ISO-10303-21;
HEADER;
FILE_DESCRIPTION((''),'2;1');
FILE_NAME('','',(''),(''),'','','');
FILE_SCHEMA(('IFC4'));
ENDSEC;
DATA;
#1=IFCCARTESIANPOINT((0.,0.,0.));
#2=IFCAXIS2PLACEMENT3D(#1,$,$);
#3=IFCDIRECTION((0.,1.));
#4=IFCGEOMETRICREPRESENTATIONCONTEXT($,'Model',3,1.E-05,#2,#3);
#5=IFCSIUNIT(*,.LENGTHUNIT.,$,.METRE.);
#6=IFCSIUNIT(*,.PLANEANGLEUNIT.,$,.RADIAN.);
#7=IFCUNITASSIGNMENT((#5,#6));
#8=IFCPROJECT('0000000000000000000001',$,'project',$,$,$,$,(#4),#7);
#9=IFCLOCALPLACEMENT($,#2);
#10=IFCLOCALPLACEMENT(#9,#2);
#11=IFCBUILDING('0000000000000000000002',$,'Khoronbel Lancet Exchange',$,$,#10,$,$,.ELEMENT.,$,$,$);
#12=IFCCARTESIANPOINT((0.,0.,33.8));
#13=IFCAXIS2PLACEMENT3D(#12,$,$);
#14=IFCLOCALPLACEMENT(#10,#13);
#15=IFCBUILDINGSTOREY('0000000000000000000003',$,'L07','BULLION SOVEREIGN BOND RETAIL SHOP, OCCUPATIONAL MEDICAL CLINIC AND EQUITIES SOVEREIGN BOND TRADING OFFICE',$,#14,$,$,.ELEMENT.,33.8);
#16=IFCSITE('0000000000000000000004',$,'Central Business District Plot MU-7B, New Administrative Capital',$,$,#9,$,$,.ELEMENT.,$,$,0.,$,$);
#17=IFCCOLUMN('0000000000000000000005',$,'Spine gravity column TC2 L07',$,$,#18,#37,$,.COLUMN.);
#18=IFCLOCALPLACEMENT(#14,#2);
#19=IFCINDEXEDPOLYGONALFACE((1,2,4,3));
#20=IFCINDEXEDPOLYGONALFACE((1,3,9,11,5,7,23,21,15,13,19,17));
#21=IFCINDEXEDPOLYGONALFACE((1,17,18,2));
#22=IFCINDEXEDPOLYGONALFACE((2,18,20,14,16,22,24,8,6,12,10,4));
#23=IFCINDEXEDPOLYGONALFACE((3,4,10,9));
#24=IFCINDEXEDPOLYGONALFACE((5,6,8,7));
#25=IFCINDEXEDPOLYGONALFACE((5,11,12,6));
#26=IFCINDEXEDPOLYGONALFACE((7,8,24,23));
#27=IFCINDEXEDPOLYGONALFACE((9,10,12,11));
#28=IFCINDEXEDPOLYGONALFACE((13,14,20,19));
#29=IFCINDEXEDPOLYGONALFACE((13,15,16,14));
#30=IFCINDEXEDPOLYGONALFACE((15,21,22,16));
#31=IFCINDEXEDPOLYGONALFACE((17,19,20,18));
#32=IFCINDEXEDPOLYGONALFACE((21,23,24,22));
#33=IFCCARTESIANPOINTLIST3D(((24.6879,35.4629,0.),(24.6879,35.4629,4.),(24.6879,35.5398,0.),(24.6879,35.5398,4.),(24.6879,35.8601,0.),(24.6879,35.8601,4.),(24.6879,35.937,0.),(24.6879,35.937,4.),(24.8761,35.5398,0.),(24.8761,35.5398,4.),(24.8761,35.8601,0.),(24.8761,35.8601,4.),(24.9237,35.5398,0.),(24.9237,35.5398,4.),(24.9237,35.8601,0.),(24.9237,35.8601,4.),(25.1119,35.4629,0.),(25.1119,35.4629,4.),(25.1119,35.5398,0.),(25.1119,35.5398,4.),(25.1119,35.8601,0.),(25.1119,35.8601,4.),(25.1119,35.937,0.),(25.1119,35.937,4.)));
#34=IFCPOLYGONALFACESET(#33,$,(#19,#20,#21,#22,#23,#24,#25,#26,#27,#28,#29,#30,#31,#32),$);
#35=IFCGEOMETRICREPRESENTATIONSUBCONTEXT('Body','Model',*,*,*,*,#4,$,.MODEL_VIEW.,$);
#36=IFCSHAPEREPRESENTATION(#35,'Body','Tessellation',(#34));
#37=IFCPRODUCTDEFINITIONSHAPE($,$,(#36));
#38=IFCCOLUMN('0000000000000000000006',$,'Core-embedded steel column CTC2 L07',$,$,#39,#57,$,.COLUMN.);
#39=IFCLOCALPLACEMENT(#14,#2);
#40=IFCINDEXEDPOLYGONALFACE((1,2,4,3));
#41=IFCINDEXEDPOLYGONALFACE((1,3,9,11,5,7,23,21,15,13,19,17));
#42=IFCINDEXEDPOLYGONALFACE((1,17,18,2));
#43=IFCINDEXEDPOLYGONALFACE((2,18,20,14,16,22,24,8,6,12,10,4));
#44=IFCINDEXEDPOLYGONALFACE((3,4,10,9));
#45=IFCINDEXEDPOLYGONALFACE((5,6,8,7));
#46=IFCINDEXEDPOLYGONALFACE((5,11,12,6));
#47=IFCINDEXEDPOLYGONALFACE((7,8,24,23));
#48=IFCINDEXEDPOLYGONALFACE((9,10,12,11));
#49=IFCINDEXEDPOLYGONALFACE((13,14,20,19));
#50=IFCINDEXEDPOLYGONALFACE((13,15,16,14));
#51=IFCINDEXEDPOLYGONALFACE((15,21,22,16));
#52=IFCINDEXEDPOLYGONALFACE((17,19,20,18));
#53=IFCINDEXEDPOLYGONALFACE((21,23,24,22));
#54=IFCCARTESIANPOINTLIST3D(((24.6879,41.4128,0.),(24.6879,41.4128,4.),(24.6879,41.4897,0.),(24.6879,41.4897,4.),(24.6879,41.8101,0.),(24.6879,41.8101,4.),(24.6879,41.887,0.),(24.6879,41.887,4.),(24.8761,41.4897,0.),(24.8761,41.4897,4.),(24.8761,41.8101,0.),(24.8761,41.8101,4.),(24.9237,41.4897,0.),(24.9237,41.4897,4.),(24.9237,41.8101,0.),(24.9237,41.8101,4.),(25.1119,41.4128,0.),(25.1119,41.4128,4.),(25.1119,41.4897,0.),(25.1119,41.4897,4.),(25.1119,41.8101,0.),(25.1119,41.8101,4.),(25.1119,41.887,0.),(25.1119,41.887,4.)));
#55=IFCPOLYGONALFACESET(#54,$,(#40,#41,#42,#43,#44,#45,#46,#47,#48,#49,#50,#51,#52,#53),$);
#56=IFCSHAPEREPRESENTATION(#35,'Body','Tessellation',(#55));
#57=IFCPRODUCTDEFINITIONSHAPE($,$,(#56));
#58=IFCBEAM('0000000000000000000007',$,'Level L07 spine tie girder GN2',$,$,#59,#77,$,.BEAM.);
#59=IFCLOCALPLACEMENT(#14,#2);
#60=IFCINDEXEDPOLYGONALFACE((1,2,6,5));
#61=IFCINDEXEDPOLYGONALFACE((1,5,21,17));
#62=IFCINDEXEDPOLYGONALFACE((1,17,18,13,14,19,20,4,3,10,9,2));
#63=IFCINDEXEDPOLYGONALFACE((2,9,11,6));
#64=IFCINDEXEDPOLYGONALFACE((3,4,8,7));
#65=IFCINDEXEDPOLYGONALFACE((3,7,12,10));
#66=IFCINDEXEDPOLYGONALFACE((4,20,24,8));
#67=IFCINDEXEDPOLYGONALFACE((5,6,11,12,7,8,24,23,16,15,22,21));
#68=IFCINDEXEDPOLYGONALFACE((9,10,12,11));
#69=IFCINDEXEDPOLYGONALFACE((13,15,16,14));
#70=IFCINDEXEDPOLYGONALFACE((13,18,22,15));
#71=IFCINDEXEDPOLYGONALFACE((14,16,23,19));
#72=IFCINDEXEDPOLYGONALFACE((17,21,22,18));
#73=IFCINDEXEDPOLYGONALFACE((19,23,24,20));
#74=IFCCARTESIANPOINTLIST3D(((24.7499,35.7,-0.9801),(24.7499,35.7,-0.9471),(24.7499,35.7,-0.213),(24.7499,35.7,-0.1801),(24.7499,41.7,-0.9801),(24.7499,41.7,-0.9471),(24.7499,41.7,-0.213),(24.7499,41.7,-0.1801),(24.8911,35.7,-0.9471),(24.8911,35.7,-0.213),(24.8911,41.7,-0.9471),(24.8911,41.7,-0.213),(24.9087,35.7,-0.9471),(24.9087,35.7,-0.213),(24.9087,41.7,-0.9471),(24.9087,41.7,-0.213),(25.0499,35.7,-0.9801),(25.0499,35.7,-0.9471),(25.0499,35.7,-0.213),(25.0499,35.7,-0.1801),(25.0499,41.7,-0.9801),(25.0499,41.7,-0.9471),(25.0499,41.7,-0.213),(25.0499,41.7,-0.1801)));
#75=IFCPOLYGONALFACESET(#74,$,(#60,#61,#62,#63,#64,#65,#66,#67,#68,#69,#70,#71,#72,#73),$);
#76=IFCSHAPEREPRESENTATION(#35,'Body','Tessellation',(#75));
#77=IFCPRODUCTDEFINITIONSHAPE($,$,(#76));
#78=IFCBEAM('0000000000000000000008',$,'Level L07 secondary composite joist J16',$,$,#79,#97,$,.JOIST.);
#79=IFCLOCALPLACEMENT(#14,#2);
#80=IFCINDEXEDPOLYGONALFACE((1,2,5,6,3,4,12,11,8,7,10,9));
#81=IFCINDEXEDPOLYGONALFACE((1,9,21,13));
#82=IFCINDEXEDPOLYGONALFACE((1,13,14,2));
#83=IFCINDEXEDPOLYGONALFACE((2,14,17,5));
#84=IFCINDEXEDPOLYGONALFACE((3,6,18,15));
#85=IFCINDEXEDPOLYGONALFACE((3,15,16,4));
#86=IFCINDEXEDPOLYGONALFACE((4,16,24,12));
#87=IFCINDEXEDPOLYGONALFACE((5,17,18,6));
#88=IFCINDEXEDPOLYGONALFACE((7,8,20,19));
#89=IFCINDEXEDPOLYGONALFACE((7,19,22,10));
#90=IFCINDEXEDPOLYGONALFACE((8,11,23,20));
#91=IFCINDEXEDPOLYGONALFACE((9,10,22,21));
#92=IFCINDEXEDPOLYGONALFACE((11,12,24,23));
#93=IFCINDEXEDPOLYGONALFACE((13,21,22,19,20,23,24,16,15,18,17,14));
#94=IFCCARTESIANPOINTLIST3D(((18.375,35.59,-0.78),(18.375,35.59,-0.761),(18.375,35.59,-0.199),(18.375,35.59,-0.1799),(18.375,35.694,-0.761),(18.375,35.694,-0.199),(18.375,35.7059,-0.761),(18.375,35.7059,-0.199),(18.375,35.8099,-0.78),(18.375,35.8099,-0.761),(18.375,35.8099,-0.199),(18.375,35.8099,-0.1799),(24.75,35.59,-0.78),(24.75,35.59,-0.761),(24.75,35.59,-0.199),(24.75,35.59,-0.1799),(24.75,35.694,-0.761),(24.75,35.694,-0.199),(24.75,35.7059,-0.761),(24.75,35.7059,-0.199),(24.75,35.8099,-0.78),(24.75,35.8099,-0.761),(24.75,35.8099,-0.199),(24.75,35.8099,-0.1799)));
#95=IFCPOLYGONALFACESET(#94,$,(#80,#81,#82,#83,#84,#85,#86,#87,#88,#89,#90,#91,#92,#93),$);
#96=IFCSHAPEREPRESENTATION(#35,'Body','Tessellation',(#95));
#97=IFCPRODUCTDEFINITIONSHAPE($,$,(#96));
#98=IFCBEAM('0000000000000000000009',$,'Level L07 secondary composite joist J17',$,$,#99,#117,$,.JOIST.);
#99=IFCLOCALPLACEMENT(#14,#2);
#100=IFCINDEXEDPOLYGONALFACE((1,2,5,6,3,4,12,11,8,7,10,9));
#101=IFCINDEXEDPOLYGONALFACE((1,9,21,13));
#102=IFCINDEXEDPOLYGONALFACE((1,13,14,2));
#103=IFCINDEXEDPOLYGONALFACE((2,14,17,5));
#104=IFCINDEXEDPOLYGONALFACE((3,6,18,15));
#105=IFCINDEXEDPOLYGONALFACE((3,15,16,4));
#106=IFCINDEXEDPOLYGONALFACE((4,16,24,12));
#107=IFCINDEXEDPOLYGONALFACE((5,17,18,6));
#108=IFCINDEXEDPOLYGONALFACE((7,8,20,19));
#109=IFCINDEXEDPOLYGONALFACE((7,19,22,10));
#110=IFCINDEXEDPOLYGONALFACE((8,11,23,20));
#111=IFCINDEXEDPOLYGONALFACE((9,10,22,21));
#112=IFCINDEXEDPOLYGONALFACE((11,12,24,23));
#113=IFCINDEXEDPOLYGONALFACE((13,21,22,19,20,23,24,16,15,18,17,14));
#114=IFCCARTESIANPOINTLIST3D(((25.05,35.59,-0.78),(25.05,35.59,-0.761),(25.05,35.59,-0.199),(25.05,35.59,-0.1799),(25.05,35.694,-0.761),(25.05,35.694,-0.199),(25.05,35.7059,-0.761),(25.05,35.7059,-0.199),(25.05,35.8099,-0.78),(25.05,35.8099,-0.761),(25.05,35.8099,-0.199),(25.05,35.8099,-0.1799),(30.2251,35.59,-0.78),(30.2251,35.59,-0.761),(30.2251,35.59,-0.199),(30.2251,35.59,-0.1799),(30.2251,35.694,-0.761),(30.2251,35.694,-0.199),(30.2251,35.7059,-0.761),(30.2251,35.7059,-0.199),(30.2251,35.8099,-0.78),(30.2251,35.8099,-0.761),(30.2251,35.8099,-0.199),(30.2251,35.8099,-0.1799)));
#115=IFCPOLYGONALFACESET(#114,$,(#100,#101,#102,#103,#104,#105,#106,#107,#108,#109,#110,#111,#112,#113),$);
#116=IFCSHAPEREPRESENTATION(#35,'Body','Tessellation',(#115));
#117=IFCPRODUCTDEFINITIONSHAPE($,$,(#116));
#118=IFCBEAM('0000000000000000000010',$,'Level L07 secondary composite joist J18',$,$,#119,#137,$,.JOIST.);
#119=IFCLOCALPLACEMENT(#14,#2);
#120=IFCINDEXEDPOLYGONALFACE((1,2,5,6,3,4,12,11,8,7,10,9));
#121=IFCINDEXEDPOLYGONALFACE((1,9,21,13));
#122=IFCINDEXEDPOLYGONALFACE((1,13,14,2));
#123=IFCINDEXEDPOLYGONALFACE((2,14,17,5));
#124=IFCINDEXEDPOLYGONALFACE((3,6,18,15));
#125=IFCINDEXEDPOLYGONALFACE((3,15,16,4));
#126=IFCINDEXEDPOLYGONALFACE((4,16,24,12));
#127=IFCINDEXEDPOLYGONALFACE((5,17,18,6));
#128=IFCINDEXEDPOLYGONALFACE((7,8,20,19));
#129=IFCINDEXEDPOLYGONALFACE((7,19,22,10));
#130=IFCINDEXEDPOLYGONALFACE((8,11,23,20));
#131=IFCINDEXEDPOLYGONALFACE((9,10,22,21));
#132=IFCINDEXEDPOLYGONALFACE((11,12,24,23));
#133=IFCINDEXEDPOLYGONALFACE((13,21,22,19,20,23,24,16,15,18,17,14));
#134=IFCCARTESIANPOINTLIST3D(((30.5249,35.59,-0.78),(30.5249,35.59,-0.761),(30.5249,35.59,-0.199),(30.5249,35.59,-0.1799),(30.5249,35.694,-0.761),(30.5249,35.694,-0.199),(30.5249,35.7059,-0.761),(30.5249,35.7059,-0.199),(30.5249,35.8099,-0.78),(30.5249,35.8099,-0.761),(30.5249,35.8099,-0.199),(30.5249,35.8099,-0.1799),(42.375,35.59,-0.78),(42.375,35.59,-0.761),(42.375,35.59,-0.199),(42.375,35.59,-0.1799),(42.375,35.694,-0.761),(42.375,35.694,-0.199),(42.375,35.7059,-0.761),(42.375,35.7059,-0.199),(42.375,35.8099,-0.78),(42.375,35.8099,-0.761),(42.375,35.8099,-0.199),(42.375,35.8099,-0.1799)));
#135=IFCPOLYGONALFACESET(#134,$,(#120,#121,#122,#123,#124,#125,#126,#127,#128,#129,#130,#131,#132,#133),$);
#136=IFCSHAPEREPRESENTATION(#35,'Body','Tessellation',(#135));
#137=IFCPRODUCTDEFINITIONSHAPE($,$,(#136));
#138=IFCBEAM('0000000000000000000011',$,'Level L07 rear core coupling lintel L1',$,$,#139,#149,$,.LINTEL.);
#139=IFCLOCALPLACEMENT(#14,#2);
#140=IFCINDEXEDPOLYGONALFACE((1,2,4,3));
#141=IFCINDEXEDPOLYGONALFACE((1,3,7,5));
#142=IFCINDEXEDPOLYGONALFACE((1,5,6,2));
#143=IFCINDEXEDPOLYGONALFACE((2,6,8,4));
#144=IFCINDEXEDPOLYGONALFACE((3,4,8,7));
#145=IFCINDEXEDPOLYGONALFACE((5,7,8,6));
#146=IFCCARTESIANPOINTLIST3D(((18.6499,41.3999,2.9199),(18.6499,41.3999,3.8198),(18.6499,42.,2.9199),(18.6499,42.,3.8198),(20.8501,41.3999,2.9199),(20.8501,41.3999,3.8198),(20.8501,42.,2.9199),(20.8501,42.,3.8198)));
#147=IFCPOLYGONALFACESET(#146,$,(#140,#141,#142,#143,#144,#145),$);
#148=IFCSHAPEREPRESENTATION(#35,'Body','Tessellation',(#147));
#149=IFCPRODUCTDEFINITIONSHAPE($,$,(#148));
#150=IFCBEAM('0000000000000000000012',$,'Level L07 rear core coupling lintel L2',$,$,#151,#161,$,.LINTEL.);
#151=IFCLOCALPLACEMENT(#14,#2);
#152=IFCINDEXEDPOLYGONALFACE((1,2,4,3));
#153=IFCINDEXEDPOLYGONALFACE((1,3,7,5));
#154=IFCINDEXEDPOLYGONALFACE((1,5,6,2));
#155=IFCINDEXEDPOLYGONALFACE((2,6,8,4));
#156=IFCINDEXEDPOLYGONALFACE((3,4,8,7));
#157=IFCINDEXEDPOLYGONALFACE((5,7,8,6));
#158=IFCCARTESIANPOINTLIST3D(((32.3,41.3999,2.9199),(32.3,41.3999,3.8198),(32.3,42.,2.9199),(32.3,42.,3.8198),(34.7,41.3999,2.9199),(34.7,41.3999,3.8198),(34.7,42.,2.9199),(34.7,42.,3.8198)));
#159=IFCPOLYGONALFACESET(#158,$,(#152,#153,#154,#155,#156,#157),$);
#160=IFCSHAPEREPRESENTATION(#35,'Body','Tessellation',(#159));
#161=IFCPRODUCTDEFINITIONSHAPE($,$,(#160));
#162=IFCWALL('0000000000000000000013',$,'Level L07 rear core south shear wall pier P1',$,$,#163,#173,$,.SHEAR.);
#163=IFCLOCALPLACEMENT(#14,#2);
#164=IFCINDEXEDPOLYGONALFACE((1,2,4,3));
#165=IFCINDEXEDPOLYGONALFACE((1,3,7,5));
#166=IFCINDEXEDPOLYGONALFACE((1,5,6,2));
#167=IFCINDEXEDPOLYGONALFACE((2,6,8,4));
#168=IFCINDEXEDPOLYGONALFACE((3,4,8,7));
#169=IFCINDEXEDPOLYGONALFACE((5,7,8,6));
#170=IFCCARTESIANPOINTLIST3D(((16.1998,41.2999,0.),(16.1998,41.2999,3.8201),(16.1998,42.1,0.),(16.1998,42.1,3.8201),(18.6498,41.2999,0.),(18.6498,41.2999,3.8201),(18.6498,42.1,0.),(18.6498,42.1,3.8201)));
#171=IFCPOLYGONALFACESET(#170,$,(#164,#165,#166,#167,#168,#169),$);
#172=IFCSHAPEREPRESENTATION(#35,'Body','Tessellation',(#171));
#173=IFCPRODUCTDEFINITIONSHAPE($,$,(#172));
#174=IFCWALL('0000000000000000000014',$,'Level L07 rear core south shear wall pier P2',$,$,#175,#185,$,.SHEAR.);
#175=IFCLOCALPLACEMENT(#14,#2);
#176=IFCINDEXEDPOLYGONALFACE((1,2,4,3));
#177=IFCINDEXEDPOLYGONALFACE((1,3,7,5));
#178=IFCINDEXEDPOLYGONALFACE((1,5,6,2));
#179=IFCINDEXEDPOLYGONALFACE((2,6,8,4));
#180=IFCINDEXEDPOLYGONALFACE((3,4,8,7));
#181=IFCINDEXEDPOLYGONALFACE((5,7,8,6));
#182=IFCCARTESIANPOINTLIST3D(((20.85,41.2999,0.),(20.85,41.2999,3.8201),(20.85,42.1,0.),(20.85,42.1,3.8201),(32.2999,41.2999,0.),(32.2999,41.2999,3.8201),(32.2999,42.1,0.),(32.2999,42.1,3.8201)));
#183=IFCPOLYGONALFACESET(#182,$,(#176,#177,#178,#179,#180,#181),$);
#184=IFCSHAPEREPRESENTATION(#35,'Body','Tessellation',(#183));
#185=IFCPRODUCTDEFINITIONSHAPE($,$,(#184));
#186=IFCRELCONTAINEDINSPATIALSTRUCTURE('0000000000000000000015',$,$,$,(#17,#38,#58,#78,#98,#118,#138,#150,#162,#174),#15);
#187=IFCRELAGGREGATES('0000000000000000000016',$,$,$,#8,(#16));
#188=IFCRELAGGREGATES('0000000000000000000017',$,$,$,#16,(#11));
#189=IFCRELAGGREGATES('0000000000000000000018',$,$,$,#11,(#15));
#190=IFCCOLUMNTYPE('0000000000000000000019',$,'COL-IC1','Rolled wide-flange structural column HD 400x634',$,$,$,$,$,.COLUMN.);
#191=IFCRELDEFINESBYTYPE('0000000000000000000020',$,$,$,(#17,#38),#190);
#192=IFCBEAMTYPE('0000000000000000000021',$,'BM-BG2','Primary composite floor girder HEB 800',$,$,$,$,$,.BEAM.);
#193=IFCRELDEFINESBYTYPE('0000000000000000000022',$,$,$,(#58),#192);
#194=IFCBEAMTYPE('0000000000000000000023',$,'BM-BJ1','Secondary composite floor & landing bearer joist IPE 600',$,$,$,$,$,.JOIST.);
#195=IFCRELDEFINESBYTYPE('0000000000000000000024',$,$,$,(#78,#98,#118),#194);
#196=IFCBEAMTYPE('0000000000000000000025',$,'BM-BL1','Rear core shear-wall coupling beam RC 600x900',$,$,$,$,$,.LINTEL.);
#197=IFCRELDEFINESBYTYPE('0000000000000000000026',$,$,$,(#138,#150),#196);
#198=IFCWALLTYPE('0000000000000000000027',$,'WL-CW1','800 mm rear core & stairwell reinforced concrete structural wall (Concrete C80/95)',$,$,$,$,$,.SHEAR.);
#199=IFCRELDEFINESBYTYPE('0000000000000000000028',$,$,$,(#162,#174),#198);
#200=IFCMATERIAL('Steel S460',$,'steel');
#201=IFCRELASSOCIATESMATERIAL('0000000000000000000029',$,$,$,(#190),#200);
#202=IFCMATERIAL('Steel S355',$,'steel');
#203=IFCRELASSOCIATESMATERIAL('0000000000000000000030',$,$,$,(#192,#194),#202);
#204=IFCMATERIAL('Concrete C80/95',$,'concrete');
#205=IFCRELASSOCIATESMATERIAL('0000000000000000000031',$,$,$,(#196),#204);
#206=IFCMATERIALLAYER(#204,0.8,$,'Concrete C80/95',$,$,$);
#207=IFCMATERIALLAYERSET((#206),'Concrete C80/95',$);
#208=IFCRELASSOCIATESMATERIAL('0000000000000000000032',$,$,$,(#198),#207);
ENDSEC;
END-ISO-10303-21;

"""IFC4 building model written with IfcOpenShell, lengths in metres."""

from ifc_helpers import new_model, si_unit, direction, frame, frame_2d, origin, origin_2d, place, context, subcontext, project, spatial, rectangle, i_section, extrude, material, layer, layer_set, material_profile, profile_set, type_object, element, save


model = new_model("IFC4")

# Units and contexts
model_context = context("Model", 3, precision=1e-05, world=origin(), true_north=direction((0.0, 1.0)))
body_context = subcontext(model_context, "Body", "Model", "MODEL_VIEW")
ifc_project = project(units=[si_unit("LENGTHUNIT", "METRE"), si_unit("PLANEANGLEUNIT", "RADIAN")], contexts=[model_context])

# Site, building, storey
site_placement = place(None, origin())
site = spatial("IfcSite", under=ifc_project, at=site_placement, Name="Central Business District Plot MU-7B, New Administrative Capital", CompositionType="ELEMENT", RefElevation=0.0)
building_placement = place(site_placement, origin())
building = spatial("IfcBuilding", under=site, at=building_placement, Name="Khoronbel Lancet Exchange", CompositionType="ELEMENT")
storey_placement = place(building_placement, frame((0.0, 0.0, 33.8)))
storey = spatial("IfcBuildingStorey", under=building, at=storey_placement, Name="L07", Description="BULLION SOVEREIGN BOND RETAIL SHOP, OCCUPATIONAL MEDICAL CLINIC AND EQUITIES SOVEREIGN BOND TRADING OFFICE", CompositionType="ELEMENT", Elevation=33.8)

# Columns
ifc_material_1 = material(Name="Steel S460", Category="steel")
ifc_material_profile_1 = material_profile(ifc_material_1, i_section(OverallWidth=0.4241, OverallDepth=0.4741, WebThickness=0.0476, FlangeThickness=0.0769, at=origin_2d()), Name="HD 400x634")
ifc_profile_set_1 = profile_set([ifc_material_profile_1], Name="Steel S460")
column_type = type_object("IfcColumnType", Name="COL-IC1", Description="Rolled wide-flange structural column HD 400x634", PredefinedType="COLUMN", material=ifc_profile_set_1)
for number, where, z_axis, x_axis, name in (
    (1, (24.8999, 35.7, 0.0), (0.0, 0.0, 1.0), (1.0, 0.0, 0.0), "Spine gravity column TC2 L07"),
    (2, (24.8999, 41.6499, 0.0), (0.0, 0.0, 1.0), (1.0, 0.0, 0.0), "Core-embedded steel column CTC2 L07"),
):
    element("IfcColumn", number, at=place(storey_placement, frame(where, z_axis=z_axis, x_axis=x_axis)), inside=storey, type_object=column_type, Name=name, PredefinedType="COLUMN", context=body_context, shape_type="SweptSolid", body=[
        extrude(i_section(OverallWidth=0.4241, OverallDepth=0.4741, WebThickness=0.0476, FlangeThickness=0.0769, at=origin_2d()), origin(), (0.0, 0.0, 1.0), 4.0),
    ])

# Beams
ifc_material_2 = material(Name="Steel S355", Category="steel")
ifc_material_profile_2 = material_profile(ifc_material_2, i_section(OverallWidth=0.3, OverallDepth=0.8, WebThickness=0.0176, FlangeThickness=0.033, at=origin_2d()), Name="HEB 800")
ifc_profile_set_2 = profile_set([ifc_material_profile_2], Name="Steel S355")
beam_type_1 = type_object("IfcBeamType", Name="BM-BG2", Description="Primary composite floor girder HEB 800", PredefinedType="BEAM", material=ifc_profile_set_2)
beam_1_placement = place(storey_placement, frame((24.8999, 35.7, -0.5801), z_axis=(0.0, 1.0, 0.0), x_axis=(-1.0, 0.0, 0.0)))
element("IfcBeam", 3, at=beam_1_placement, inside=storey, type_object=beam_type_1, Name="Level L07 spine tie girder GN2", PredefinedType="BEAM", context=body_context, shape_type="SweptSolid", body=[
    extrude(i_section(OverallWidth=0.3, OverallDepth=0.8, WebThickness=0.0176, FlangeThickness=0.033, at=origin_2d()), origin(), (0.0, 0.0, 1.0), 6.0),
])
ifc_material_profile_3 = material_profile(ifc_material_2, i_section(OverallWidth=0.22, OverallDepth=0.6001, WebThickness=0.012, FlangeThickness=0.019, at=origin_2d()), Name="IPE 600")
ifc_profile_set_3 = profile_set([ifc_material_profile_3], Name="Steel S355")
beam_type_2 = type_object("IfcBeamType", Name="BM-BJ1", Description="Secondary composite floor & landing bearer joist IPE 600", PredefinedType="JOIST", material=ifc_profile_set_3)
beam_2_placement = place(storey_placement, frame((18.375, 35.7, -0.48), z_axis=(1.0, 0.0, 0.0), x_axis=(0.0, 1.0, 0.0)))
element("IfcBeam", 4, at=beam_2_placement, inside=storey, type_object=beam_type_2, Name="Level L07 secondary composite joist J16", PredefinedType="JOIST", context=body_context, shape_type="SweptSolid", body=[
    extrude(i_section(OverallWidth=0.22, OverallDepth=0.6001, WebThickness=0.012, FlangeThickness=0.019, at=origin_2d()), origin(), (0.0, 0.0, 1.0), 6.375),
])
beam_3_placement = place(storey_placement, frame((25.05, 35.7, -0.48), z_axis=(1.0, 0.0, 0.0), x_axis=(0.0, 1.0, 0.0)))
element("IfcBeam", 5, at=beam_3_placement, inside=storey, type_object=beam_type_2, Name="Level L07 secondary composite joist J17", PredefinedType="JOIST", context=body_context, shape_type="SweptSolid", body=[
    extrude(i_section(OverallWidth=0.22, OverallDepth=0.6001, WebThickness=0.012, FlangeThickness=0.019, at=origin_2d()), origin(), (0.0, 0.0, 1.0), 5.175),
])
beam_4_placement = place(storey_placement, frame((30.5249, 35.7, -0.48), z_axis=(1.0, 0.0, 0.0), x_axis=(0.0, 1.0, 0.0)))
element("IfcBeam", 6, at=beam_4_placement, inside=storey, type_object=beam_type_2, Name="Level L07 secondary composite joist J18", PredefinedType="JOIST", context=body_context, shape_type="SweptSolid", body=[
    extrude(i_section(OverallWidth=0.22, OverallDepth=0.6001, WebThickness=0.012, FlangeThickness=0.019, at=origin_2d()), origin(), (0.0, 0.0, 1.0), 11.8501),
])
ifc_material_3 = material(Name="Concrete C80/95", Category="concrete")
ifc_material_profile_4 = material_profile(ifc_material_3, rectangle(XDim=0.6001, YDim=0.8999, at=origin_2d()), Name="RC 600x900")
ifc_profile_set_4 = profile_set([ifc_material_profile_4], Name="Concrete C80/95")
beam_type_3 = type_object("IfcBeamType", Name="BM-BL1", Description="Rear core shear-wall coupling beam RC 600x900", PredefinedType="LINTEL", material=ifc_profile_set_4)
beam_5_placement = place(storey_placement, frame((18.6499, 41.7, 3.3699), z_axis=(1.0, 0.0, 0.0), x_axis=(0.0, 1.0, 0.0)))
element("IfcBeam", 7, at=beam_5_placement, inside=storey, type_object=beam_type_3, Name="Level L07 rear core coupling lintel L1", PredefinedType="LINTEL", context=body_context, shape_type="SweptSolid", body=[
    extrude(rectangle(XDim=0.6001, YDim=0.8999, at=origin_2d()), origin(), (0.0, 0.0, 1.0), 2.2002),
])
beam_6_placement = place(storey_placement, frame((32.3, 41.7, 3.3699), z_axis=(1.0, 0.0, 0.0), x_axis=(0.0, 1.0, 0.0)))
element("IfcBeam", 8, at=beam_6_placement, inside=storey, type_object=beam_type_3, Name="Level L07 rear core coupling lintel L2", PredefinedType="LINTEL", context=body_context, shape_type="SweptSolid", body=[
    extrude(rectangle(XDim=0.6001, YDim=0.8999, at=origin_2d()), origin(), (0.0, 0.0, 1.0), 2.3999),
])

# Walls
ifc_layer_1 = layer(ifc_material_3, 0.8, Name="Concrete C80/95")
ifc_layer_set_1 = layer_set([ifc_layer_1], Name="Concrete C80/95")
wall_type_1 = type_object("IfcWallType", Name="WL-CW1", Description="800 mm rear core & stairwell reinforced concrete structural wall (Concrete C80/95)", PredefinedType="SHEAR", material=ifc_layer_set_1)
wall_1_placement = place(storey_placement, frame((18.6499, 41.7, 0.0), z_axis=(0.0, 0.0, 1.0), x_axis=(-1.0, 0.0, 0.0)))
element("IfcWall", 9, at=wall_1_placement, inside=storey, type_object=wall_type_1, Name="Level L07 rear core south shear wall pier P1", PredefinedType="SHEAR", context=body_context, shape_type="SweptSolid", body=[
    extrude(rectangle(XDim=2.45, YDim=0.8, at=frame_2d((1.2251, 0.0))), origin(), (0.0, 0.0, 1.0), 3.8201),
])
wall_2_placement = place(storey_placement, frame((32.3, 41.7, 0.0), z_axis=(0.0, 0.0, 1.0), x_axis=(-1.0, 0.0, 0.0)))
element("IfcWall", 10, at=wall_2_placement, inside=storey, type_object=wall_type_1, Name="Level L07 rear core south shear wall pier P2", PredefinedType="SHEAR", context=body_context, shape_type="SweptSolid", body=[
    extrude(rectangle(XDim=11.45, YDim=0.8, at=frame_2d((5.7251, 0.0))), origin(), (0.0, 0.0, 1.0), 3.8201),
])

save(model, "model.ifc")
